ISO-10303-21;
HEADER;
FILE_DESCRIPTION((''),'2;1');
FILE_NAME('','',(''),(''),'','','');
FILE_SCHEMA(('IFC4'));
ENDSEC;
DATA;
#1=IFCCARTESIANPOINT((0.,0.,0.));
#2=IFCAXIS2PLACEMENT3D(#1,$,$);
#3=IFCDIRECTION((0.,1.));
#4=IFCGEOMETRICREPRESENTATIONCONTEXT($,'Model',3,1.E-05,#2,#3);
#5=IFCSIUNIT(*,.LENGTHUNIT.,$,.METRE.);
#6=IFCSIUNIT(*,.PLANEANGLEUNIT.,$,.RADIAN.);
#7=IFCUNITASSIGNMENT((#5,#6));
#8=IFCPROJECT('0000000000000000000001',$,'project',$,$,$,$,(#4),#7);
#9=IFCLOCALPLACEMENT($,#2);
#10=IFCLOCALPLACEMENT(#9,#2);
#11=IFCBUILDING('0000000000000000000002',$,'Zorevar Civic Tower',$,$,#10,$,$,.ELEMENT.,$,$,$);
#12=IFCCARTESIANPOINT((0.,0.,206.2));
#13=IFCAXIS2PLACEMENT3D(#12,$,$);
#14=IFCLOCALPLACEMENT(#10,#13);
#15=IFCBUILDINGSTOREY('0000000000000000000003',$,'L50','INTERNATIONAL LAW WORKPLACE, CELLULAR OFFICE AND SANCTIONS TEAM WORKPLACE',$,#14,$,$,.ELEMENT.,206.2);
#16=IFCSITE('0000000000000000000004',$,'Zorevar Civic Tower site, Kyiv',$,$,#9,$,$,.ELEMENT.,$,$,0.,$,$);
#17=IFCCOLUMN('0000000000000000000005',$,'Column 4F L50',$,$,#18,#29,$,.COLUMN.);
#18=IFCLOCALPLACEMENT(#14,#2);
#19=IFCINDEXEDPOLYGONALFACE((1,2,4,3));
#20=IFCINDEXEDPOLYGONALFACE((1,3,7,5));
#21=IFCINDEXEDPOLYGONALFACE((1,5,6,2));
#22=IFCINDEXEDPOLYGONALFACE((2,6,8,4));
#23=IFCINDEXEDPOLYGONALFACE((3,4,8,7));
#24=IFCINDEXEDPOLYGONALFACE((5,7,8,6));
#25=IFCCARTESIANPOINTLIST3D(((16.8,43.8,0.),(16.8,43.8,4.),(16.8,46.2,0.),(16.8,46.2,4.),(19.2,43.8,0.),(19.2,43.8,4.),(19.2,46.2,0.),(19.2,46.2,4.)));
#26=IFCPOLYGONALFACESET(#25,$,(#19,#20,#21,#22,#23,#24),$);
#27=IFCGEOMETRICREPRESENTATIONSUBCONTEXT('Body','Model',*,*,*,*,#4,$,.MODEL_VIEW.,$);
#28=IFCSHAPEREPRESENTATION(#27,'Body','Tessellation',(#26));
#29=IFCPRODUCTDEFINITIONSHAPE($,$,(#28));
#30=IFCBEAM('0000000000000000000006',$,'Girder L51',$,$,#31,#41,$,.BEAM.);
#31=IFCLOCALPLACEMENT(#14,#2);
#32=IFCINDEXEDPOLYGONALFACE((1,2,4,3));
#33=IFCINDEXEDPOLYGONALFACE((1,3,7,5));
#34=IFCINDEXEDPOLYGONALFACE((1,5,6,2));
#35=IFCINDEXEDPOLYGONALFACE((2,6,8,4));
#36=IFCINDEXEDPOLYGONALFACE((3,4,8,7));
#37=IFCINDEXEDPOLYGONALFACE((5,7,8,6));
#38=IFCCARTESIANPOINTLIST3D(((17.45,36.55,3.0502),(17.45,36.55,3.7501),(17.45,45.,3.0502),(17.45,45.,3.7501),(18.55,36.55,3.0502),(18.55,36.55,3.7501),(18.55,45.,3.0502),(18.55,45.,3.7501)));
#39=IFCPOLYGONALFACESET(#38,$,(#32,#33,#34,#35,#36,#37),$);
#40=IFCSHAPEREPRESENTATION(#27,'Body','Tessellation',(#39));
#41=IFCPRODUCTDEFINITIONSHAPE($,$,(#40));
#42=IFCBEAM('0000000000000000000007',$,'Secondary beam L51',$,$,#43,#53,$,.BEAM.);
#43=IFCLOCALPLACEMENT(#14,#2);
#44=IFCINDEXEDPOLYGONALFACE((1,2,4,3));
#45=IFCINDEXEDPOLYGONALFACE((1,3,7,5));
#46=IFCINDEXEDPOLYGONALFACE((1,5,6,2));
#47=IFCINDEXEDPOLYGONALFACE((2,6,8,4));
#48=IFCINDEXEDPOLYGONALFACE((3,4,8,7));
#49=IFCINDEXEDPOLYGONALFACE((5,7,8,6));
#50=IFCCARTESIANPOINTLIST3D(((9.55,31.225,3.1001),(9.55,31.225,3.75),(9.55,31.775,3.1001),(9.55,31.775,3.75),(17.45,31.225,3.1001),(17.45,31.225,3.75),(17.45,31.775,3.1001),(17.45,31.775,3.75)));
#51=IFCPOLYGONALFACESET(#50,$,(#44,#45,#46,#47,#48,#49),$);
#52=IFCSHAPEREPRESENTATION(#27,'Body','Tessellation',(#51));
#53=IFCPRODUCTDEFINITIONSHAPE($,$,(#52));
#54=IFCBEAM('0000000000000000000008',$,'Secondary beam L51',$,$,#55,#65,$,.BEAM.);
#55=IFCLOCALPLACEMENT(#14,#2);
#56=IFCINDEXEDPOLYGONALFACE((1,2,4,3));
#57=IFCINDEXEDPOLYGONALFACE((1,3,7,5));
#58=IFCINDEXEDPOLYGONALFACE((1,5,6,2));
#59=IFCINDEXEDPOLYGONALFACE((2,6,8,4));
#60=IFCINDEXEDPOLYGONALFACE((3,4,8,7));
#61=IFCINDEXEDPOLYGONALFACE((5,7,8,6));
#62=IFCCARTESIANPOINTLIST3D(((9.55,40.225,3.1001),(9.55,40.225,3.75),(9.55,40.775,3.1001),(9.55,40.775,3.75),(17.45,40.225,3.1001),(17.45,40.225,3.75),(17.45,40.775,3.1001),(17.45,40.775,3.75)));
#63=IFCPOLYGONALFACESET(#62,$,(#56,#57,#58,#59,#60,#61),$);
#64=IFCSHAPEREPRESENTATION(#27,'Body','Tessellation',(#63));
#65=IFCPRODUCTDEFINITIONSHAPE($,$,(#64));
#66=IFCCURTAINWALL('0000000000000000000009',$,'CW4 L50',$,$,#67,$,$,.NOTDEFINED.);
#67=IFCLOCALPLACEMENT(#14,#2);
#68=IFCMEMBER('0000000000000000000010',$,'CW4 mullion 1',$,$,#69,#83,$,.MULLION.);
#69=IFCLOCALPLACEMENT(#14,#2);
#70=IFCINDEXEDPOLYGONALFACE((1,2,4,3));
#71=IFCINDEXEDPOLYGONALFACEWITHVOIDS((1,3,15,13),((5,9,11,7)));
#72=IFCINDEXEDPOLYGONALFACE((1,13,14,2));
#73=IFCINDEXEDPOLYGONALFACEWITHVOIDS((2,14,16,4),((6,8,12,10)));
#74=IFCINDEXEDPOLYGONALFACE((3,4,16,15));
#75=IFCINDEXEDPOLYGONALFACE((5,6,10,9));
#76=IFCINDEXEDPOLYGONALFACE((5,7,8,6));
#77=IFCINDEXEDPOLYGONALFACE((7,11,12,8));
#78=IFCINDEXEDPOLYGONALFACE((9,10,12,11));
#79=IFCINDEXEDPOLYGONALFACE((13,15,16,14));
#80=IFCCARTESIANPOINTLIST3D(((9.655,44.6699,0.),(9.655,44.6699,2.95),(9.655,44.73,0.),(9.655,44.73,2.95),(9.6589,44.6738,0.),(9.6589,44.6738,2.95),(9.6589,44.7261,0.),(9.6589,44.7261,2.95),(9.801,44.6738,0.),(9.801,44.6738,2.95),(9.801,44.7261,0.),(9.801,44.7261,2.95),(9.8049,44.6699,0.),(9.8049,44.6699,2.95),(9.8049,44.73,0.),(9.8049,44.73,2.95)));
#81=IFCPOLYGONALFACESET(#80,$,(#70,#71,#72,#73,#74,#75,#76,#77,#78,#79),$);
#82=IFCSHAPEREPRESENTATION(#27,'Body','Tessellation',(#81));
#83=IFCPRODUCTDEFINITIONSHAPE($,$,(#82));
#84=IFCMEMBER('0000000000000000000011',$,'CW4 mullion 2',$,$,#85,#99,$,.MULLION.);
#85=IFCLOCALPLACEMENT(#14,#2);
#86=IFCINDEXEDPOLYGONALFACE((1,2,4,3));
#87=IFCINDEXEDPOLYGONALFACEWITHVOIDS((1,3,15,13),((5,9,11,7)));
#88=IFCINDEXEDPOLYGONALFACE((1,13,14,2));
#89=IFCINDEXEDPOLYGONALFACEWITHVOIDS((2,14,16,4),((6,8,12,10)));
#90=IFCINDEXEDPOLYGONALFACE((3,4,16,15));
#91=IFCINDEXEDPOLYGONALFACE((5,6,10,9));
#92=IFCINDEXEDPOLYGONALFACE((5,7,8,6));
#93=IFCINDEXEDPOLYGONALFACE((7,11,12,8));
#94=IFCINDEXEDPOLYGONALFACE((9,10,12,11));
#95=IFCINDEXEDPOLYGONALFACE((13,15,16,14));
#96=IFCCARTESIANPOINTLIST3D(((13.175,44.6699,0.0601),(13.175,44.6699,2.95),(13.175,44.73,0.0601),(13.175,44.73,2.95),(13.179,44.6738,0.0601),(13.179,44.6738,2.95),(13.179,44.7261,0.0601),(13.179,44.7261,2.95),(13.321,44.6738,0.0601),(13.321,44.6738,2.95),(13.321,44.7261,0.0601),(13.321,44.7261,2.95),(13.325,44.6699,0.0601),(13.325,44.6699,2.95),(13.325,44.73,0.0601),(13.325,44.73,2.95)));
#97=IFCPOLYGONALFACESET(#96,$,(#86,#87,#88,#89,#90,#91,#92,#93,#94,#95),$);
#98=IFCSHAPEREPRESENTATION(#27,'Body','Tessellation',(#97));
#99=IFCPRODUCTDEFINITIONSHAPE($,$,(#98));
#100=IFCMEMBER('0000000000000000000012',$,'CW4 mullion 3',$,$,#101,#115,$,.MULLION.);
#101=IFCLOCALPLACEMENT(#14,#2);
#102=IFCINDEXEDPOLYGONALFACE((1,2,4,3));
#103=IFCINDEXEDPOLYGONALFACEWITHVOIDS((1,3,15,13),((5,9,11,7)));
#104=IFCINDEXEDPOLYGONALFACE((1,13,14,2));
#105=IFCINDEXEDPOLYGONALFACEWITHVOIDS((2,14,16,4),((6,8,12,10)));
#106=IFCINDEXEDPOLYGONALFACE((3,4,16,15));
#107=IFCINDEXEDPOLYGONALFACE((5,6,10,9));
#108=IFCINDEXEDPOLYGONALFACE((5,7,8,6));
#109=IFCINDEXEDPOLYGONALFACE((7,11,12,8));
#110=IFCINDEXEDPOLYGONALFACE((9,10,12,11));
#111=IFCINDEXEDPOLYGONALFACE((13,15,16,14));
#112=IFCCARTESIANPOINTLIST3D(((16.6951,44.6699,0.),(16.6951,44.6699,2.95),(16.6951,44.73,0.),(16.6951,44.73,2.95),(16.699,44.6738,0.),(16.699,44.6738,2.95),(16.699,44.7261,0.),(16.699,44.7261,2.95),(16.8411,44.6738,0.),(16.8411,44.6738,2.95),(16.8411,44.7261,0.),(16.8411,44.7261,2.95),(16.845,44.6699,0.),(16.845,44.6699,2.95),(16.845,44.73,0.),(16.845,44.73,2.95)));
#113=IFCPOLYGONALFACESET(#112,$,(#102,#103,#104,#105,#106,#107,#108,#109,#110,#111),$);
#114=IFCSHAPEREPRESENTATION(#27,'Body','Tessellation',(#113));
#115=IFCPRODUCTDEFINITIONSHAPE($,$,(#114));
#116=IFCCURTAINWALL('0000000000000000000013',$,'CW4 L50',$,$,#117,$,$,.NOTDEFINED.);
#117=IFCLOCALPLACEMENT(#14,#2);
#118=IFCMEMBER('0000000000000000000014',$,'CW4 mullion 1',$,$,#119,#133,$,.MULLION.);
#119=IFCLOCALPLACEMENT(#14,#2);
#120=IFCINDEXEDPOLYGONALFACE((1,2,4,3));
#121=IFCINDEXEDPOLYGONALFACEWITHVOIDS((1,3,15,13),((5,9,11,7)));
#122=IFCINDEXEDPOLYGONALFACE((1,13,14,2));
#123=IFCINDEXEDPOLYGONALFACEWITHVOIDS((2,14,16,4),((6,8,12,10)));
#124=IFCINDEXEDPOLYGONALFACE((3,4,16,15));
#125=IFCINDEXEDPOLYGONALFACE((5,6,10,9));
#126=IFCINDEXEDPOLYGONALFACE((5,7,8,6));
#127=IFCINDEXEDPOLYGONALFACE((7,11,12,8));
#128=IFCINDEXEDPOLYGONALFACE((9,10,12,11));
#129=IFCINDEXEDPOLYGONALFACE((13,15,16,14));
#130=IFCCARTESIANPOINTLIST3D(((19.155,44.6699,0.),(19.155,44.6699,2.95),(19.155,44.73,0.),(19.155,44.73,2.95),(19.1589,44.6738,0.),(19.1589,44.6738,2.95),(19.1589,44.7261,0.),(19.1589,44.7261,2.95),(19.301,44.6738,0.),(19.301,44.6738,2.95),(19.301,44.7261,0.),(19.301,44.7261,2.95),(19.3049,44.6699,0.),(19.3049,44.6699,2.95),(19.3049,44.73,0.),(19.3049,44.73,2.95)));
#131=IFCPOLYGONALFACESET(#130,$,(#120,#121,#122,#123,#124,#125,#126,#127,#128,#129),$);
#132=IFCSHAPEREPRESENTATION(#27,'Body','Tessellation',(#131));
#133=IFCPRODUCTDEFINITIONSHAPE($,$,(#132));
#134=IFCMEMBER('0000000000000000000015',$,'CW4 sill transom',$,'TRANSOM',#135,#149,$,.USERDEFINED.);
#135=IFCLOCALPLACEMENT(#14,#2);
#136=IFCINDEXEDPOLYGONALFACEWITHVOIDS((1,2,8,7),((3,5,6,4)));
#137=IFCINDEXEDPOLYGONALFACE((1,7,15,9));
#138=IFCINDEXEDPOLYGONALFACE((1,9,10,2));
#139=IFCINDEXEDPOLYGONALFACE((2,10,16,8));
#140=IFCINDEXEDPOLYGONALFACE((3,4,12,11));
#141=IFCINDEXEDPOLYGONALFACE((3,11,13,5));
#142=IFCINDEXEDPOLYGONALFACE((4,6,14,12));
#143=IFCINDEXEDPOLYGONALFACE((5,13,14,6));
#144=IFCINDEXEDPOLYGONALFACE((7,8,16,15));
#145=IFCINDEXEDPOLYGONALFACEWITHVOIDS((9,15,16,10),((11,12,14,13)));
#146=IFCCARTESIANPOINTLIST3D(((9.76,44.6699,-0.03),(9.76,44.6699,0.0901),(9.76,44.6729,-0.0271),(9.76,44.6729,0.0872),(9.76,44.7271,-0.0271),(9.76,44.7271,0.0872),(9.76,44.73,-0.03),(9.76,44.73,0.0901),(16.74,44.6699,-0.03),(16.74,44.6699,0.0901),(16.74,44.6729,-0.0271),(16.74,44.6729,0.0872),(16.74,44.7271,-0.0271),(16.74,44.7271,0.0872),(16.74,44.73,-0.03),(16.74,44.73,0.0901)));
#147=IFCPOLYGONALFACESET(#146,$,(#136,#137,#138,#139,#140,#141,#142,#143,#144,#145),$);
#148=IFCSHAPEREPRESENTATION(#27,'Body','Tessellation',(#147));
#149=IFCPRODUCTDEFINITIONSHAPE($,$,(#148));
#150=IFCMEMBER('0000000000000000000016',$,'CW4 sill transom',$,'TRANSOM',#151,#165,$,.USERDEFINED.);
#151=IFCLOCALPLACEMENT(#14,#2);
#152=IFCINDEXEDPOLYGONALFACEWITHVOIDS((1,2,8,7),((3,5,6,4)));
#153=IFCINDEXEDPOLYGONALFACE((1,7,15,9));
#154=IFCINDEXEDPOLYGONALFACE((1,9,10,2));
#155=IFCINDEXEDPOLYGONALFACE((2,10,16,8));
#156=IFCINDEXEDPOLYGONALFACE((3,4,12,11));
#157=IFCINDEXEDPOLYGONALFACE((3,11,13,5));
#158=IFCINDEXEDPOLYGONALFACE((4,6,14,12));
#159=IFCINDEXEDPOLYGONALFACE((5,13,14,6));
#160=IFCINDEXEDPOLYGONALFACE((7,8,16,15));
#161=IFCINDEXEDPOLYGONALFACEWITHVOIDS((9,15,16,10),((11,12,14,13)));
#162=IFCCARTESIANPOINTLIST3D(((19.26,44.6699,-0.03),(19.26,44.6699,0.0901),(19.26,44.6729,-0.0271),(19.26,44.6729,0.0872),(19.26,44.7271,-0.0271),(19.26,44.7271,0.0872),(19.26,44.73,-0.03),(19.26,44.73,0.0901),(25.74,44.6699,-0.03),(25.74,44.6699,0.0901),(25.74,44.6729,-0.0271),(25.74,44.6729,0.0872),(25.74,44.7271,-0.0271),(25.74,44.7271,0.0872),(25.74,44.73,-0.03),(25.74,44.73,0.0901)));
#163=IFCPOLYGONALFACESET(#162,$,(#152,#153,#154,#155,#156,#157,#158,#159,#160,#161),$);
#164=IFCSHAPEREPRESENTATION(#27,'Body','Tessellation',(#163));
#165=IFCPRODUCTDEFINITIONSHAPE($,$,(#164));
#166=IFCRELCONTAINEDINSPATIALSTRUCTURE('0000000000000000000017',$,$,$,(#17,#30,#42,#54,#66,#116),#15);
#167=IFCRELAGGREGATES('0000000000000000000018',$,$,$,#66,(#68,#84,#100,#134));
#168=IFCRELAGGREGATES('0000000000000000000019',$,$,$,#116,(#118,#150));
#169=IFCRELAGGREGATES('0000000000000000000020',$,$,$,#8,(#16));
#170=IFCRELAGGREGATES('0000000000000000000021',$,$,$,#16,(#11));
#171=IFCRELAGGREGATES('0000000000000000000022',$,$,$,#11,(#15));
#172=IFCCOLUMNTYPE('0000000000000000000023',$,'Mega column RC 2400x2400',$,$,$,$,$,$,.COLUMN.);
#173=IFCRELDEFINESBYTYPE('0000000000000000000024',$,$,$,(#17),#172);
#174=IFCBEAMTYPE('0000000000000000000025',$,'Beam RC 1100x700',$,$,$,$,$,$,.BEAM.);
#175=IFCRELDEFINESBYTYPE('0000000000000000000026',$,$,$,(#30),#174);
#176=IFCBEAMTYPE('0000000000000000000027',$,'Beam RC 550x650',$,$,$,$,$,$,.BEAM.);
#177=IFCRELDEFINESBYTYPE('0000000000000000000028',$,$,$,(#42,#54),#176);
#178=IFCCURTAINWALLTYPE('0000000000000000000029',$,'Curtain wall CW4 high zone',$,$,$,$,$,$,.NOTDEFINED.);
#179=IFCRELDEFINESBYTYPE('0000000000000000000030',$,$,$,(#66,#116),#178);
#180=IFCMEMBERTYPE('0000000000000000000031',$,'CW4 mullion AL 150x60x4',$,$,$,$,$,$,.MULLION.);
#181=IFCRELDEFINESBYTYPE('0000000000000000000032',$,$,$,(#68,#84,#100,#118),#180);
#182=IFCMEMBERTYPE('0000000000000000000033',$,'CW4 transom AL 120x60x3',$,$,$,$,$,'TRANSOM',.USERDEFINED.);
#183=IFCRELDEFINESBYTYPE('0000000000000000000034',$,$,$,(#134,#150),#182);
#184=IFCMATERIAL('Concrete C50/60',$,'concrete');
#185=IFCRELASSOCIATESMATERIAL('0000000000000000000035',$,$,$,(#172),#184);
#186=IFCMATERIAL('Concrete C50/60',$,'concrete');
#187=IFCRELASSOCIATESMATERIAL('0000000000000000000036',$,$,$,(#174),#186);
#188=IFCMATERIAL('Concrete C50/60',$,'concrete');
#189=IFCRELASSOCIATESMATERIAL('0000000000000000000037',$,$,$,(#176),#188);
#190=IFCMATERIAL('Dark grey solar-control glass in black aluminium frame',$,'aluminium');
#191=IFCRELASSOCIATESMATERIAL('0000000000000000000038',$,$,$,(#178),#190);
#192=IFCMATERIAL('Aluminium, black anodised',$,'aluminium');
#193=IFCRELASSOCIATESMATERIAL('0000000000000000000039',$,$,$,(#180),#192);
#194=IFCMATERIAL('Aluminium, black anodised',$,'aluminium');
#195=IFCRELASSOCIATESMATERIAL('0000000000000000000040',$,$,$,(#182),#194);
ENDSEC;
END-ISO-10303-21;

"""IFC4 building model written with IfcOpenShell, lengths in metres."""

from ifc_helpers import new_model, si_unit, direction, frame, origin, origin_2d, place, context, subcontext, project, spatial, rectangle, hollow_rectangle, extrude, material, material_profile, profile_set, type_object, element, aggregate, save


model = new_model("IFC4")

# Units and contexts
model_context = context("Model", 3, precision=1e-05, world=origin(), true_north=direction((0.0, 1.0)))
body_context = subcontext(model_context, "Body", "Model", "MODEL_VIEW")
ifc_project = project(units=[si_unit("LENGTHUNIT", "METRE"), si_unit("PLANEANGLEUNIT", "RADIAN")], contexts=[model_context])

# Site, building, storey
site_placement = place(None, origin())
site = spatial("IfcSite", under=ifc_project, at=site_placement, Name="Zorevar Civic Tower site, Kyiv", CompositionType="ELEMENT", RefElevation=0.0)
building_placement = place(site_placement, origin())
building = spatial("IfcBuilding", under=site, at=building_placement, Name="Zorevar Civic Tower", CompositionType="ELEMENT")
storey_placement = place(building_placement, frame((0.0, 0.0, 206.2)))
storey = spatial("IfcBuildingStorey", under=building, at=storey_placement, Name="L50", Description="INTERNATIONAL LAW WORKPLACE, CELLULAR OFFICE AND SANCTIONS TEAM WORKPLACE", CompositionType="ELEMENT", Elevation=206.2)

# Column
ifc_material_1 = material(Name="Concrete C50/60", Category="concrete")
ifc_material_profile_1 = material_profile(ifc_material_1, rectangle(XDim=2.3999, YDim=2.3999, at=origin_2d()), Name="RC 2400x2400")
ifc_profile_set_1 = profile_set([ifc_material_profile_1], Name="Concrete C50/60")
column_type = type_object("IfcColumnType", Name="Mega column RC 2400x2400", PredefinedType="COLUMN", material=ifc_profile_set_1)
column_placement = place(storey_placement, frame((18.0, 45.0, 0.0), z_axis=(0.0, 0.0, 1.0), x_axis=(1.0, 0.0, 0.0)))
element("IfcColumn", 1, at=column_placement, inside=storey, type_object=column_type, Name="Column 4F L50", PredefinedType="COLUMN", context=body_context, shape_type="SweptSolid", body=[
    extrude(rectangle(XDim=2.3999, YDim=2.3999, at=origin_2d()), origin(), (0.0, 0.0, 1.0), 4.0),
])

# Beams
ifc_material_2 = material(Name="Concrete C50/60", Category="concrete")
ifc_material_profile_2 = material_profile(ifc_material_2, rectangle(XDim=1.1001, YDim=0.7, at=origin_2d()), Name="RC 1100x700")
ifc_profile_set_2 = profile_set([ifc_material_profile_2], Name="Concrete C50/60")
beam_type_1 = type_object("IfcBeamType", Name="Beam RC 1100x700", PredefinedType="BEAM", material=ifc_profile_set_2)
beam_1_placement = place(storey_placement, frame((18.0, 36.55, 3.4001), z_axis=(0.0, 1.0, 0.0), x_axis=(-1.0, 0.0, 0.0)))
element("IfcBeam", 2, at=beam_1_placement, inside=storey, type_object=beam_type_1, Name="Girder L51", PredefinedType="BEAM", context=body_context, shape_type="SweptSolid", body=[
    extrude(rectangle(XDim=1.1001, YDim=0.7, at=origin_2d()), origin(), (0.0, 0.0, 1.0), 8.45),
])
ifc_material_3 = material(Name="Concrete C50/60", Category="concrete")
ifc_material_profile_3 = material_profile(ifc_material_3, rectangle(XDim=0.55, YDim=0.6499, at=origin_2d()), Name="RC 550x650")
ifc_profile_set_3 = profile_set([ifc_material_profile_3], Name="Concrete C50/60")
beam_type_2 = type_object("IfcBeamType", Name="Beam RC 550x650", PredefinedType="BEAM", material=ifc_profile_set_3)
for number, where, z_axis, x_axis, name in (
    (3, (9.55, 31.5, 3.425), (1.0, 0.0, 0.0), (0.0, 1.0, 0.0), "Secondary beam L51"),
    (4, (9.55, 40.5, 3.425), (1.0, 0.0, 0.0), (0.0, 1.0, 0.0), "Secondary beam L51"),
):
    element("IfcBeam", number, at=place(storey_placement, frame(where, z_axis=z_axis, x_axis=x_axis)), inside=storey, type_object=beam_type_2, Name=name, PredefinedType="BEAM", context=body_context, shape_type="SweptSolid", body=[
        extrude(rectangle(XDim=0.55, YDim=0.6499, at=origin_2d()), origin(), (0.0, 0.0, 1.0), 7.8999),
    ])

# Curtain wall, members
ifc_material_4 = material(Name="Dark grey solar-control glass in black aluminium frame", Category="aluminium")
curtain_wall_type = type_object("IfcCurtainWallType", Name="Curtain wall CW4 high zone", PredefinedType="NOTDEFINED", material=ifc_material_4)
curtain_wall_1_placement = place(storey_placement, origin())
curtain_wall_1 = element("IfcCurtainWall", 5, at=curtain_wall_1_placement, inside=storey, type_object=curtain_wall_type, Name="CW4 L50", PredefinedType="NOTDEFINED")
ifc_material_5 = material(Name="Aluminium, black anodised", Category="aluminium")
ifc_material_profile_4 = material_profile(ifc_material_5, hollow_rectangle(XDim=0.0601, YDim=0.1499, WallThickness=0.0039, at=origin_2d()), Name="AL 150x60x4")
ifc_profile_set_4 = profile_set([ifc_material_profile_4], Name="Aluminium, black anodised")
member_type_1 = type_object("IfcMemberType", Name="CW4 mullion AL 150x60x4", PredefinedType="MULLION", material=ifc_profile_set_4)
member_1_placement = place(storey_placement, frame((9.73, 44.7, 0.0), z_axis=(0.0, 0.0, 1.0), x_axis=(0.0, 1.0, 0.0)))
member_1 = element("IfcMember", 6, at=member_1_placement, type_object=member_type_1, Name="CW4 mullion 1", PredefinedType="MULLION", context=body_context, shape_type="SweptSolid", body=[
    extrude(hollow_rectangle(XDim=0.0601, YDim=0.1499, WallThickness=0.0039, at=origin_2d()), origin(), (0.0, 0.0, 1.0), 2.95),
])
member_2_placement = place(storey_placement, frame((13.25, 44.7, 0.0601), z_axis=(0.0, 0.0, 1.0), x_axis=(0.0, 1.0, 0.0)))
member_2 = element("IfcMember", 7, at=member_2_placement, type_object=member_type_1, Name="CW4 mullion 2", PredefinedType="MULLION", context=body_context, shape_type="SweptSolid", body=[
    extrude(hollow_rectangle(XDim=0.0601, YDim=0.1499, WallThickness=0.0039, at=origin_2d()), origin(), (0.0, 0.0, 1.0), 2.8899),
])
member_3_placement = place(storey_placement, frame((16.77, 44.7, 0.0), z_axis=(0.0, 0.0, 1.0), x_axis=(0.0, 1.0, 0.0)))
member_3 = element("IfcMember", 8, at=member_3_placement, type_object=member_type_1, Name="CW4 mullion 3", PredefinedType="MULLION", context=body_context, shape_type="SweptSolid", body=[
    extrude(hollow_rectangle(XDim=0.0601, YDim=0.1499, WallThickness=0.0039, at=origin_2d()), origin(), (0.0, 0.0, 1.0), 2.95),
])

# Curtain wall, member
curtain_wall_2_placement = place(storey_placement, origin())
curtain_wall_2 = element("IfcCurtainWall", 9, at=curtain_wall_2_placement, inside=storey, type_object=curtain_wall_type, Name="CW4 L50", PredefinedType="NOTDEFINED")
member_4_placement = place(storey_placement, frame((19.23, 44.7, 0.0), z_axis=(0.0, 0.0, 1.0), x_axis=(0.0, 1.0, 0.0)))
member_4 = element("IfcMember", 10, at=member_4_placement, type_object=member_type_1, Name="CW4 mullion 1", PredefinedType="MULLION", context=body_context, shape_type="SweptSolid", body=[
    extrude(hollow_rectangle(XDim=0.0601, YDim=0.1499, WallThickness=0.0039, at=origin_2d()), origin(), (0.0, 0.0, 1.0), 2.95),
])

# Members
ifc_material_6 = material(Name="Aluminium, black anodised", Category="aluminium")
ifc_material_profile_5 = material_profile(ifc_material_6, hollow_rectangle(XDim=0.0601, YDim=0.1201, WallThickness=0.0029, at=origin_2d()), Name="AL 120x60x3")
ifc_profile_set_5 = profile_set([ifc_material_profile_5], Name="Aluminium, black anodised")
member_type_2 = type_object("IfcMemberType", Name="CW4 transom AL 120x60x3", ElementType="TRANSOM", PredefinedType="USERDEFINED", material=ifc_profile_set_5)
member_5_placement = place(storey_placement, frame((9.76, 44.7, 0.03), z_axis=(1.0, 0.0, 0.0), x_axis=(0.0, 1.0, 0.0)))
member_5 = element("IfcMember", 11, at=member_5_placement, type_object=member_type_2, Name="CW4 sill transom", ObjectType="TRANSOM", PredefinedType="USERDEFINED", context=body_context, shape_type="SweptSolid", body=[
    extrude(hollow_rectangle(XDim=0.0601, YDim=0.1201, WallThickness=0.0029, at=origin_2d()), origin(), (0.0, 0.0, 1.0), 6.98),
])
member_6_placement = place(storey_placement, frame((19.26, 44.7, 0.03), z_axis=(1.0, 0.0, 0.0), x_axis=(0.0, 1.0, 0.0)))
member_6 = element("IfcMember", 12, at=member_6_placement, type_object=member_type_2, Name="CW4 sill transom", ObjectType="TRANSOM", PredefinedType="USERDEFINED", context=body_context, shape_type="SweptSolid", body=[
    extrude(hollow_rectangle(XDim=0.0601, YDim=0.1201, WallThickness=0.0029, at=origin_2d()), origin(), (0.0, 0.0, 1.0), 6.48),
])

aggregate(curtain_wall_1, [member_1, member_2, member_3, member_5])
aggregate(curtain_wall_2, [member_4, member_6])

save(model, "model.ifc")
